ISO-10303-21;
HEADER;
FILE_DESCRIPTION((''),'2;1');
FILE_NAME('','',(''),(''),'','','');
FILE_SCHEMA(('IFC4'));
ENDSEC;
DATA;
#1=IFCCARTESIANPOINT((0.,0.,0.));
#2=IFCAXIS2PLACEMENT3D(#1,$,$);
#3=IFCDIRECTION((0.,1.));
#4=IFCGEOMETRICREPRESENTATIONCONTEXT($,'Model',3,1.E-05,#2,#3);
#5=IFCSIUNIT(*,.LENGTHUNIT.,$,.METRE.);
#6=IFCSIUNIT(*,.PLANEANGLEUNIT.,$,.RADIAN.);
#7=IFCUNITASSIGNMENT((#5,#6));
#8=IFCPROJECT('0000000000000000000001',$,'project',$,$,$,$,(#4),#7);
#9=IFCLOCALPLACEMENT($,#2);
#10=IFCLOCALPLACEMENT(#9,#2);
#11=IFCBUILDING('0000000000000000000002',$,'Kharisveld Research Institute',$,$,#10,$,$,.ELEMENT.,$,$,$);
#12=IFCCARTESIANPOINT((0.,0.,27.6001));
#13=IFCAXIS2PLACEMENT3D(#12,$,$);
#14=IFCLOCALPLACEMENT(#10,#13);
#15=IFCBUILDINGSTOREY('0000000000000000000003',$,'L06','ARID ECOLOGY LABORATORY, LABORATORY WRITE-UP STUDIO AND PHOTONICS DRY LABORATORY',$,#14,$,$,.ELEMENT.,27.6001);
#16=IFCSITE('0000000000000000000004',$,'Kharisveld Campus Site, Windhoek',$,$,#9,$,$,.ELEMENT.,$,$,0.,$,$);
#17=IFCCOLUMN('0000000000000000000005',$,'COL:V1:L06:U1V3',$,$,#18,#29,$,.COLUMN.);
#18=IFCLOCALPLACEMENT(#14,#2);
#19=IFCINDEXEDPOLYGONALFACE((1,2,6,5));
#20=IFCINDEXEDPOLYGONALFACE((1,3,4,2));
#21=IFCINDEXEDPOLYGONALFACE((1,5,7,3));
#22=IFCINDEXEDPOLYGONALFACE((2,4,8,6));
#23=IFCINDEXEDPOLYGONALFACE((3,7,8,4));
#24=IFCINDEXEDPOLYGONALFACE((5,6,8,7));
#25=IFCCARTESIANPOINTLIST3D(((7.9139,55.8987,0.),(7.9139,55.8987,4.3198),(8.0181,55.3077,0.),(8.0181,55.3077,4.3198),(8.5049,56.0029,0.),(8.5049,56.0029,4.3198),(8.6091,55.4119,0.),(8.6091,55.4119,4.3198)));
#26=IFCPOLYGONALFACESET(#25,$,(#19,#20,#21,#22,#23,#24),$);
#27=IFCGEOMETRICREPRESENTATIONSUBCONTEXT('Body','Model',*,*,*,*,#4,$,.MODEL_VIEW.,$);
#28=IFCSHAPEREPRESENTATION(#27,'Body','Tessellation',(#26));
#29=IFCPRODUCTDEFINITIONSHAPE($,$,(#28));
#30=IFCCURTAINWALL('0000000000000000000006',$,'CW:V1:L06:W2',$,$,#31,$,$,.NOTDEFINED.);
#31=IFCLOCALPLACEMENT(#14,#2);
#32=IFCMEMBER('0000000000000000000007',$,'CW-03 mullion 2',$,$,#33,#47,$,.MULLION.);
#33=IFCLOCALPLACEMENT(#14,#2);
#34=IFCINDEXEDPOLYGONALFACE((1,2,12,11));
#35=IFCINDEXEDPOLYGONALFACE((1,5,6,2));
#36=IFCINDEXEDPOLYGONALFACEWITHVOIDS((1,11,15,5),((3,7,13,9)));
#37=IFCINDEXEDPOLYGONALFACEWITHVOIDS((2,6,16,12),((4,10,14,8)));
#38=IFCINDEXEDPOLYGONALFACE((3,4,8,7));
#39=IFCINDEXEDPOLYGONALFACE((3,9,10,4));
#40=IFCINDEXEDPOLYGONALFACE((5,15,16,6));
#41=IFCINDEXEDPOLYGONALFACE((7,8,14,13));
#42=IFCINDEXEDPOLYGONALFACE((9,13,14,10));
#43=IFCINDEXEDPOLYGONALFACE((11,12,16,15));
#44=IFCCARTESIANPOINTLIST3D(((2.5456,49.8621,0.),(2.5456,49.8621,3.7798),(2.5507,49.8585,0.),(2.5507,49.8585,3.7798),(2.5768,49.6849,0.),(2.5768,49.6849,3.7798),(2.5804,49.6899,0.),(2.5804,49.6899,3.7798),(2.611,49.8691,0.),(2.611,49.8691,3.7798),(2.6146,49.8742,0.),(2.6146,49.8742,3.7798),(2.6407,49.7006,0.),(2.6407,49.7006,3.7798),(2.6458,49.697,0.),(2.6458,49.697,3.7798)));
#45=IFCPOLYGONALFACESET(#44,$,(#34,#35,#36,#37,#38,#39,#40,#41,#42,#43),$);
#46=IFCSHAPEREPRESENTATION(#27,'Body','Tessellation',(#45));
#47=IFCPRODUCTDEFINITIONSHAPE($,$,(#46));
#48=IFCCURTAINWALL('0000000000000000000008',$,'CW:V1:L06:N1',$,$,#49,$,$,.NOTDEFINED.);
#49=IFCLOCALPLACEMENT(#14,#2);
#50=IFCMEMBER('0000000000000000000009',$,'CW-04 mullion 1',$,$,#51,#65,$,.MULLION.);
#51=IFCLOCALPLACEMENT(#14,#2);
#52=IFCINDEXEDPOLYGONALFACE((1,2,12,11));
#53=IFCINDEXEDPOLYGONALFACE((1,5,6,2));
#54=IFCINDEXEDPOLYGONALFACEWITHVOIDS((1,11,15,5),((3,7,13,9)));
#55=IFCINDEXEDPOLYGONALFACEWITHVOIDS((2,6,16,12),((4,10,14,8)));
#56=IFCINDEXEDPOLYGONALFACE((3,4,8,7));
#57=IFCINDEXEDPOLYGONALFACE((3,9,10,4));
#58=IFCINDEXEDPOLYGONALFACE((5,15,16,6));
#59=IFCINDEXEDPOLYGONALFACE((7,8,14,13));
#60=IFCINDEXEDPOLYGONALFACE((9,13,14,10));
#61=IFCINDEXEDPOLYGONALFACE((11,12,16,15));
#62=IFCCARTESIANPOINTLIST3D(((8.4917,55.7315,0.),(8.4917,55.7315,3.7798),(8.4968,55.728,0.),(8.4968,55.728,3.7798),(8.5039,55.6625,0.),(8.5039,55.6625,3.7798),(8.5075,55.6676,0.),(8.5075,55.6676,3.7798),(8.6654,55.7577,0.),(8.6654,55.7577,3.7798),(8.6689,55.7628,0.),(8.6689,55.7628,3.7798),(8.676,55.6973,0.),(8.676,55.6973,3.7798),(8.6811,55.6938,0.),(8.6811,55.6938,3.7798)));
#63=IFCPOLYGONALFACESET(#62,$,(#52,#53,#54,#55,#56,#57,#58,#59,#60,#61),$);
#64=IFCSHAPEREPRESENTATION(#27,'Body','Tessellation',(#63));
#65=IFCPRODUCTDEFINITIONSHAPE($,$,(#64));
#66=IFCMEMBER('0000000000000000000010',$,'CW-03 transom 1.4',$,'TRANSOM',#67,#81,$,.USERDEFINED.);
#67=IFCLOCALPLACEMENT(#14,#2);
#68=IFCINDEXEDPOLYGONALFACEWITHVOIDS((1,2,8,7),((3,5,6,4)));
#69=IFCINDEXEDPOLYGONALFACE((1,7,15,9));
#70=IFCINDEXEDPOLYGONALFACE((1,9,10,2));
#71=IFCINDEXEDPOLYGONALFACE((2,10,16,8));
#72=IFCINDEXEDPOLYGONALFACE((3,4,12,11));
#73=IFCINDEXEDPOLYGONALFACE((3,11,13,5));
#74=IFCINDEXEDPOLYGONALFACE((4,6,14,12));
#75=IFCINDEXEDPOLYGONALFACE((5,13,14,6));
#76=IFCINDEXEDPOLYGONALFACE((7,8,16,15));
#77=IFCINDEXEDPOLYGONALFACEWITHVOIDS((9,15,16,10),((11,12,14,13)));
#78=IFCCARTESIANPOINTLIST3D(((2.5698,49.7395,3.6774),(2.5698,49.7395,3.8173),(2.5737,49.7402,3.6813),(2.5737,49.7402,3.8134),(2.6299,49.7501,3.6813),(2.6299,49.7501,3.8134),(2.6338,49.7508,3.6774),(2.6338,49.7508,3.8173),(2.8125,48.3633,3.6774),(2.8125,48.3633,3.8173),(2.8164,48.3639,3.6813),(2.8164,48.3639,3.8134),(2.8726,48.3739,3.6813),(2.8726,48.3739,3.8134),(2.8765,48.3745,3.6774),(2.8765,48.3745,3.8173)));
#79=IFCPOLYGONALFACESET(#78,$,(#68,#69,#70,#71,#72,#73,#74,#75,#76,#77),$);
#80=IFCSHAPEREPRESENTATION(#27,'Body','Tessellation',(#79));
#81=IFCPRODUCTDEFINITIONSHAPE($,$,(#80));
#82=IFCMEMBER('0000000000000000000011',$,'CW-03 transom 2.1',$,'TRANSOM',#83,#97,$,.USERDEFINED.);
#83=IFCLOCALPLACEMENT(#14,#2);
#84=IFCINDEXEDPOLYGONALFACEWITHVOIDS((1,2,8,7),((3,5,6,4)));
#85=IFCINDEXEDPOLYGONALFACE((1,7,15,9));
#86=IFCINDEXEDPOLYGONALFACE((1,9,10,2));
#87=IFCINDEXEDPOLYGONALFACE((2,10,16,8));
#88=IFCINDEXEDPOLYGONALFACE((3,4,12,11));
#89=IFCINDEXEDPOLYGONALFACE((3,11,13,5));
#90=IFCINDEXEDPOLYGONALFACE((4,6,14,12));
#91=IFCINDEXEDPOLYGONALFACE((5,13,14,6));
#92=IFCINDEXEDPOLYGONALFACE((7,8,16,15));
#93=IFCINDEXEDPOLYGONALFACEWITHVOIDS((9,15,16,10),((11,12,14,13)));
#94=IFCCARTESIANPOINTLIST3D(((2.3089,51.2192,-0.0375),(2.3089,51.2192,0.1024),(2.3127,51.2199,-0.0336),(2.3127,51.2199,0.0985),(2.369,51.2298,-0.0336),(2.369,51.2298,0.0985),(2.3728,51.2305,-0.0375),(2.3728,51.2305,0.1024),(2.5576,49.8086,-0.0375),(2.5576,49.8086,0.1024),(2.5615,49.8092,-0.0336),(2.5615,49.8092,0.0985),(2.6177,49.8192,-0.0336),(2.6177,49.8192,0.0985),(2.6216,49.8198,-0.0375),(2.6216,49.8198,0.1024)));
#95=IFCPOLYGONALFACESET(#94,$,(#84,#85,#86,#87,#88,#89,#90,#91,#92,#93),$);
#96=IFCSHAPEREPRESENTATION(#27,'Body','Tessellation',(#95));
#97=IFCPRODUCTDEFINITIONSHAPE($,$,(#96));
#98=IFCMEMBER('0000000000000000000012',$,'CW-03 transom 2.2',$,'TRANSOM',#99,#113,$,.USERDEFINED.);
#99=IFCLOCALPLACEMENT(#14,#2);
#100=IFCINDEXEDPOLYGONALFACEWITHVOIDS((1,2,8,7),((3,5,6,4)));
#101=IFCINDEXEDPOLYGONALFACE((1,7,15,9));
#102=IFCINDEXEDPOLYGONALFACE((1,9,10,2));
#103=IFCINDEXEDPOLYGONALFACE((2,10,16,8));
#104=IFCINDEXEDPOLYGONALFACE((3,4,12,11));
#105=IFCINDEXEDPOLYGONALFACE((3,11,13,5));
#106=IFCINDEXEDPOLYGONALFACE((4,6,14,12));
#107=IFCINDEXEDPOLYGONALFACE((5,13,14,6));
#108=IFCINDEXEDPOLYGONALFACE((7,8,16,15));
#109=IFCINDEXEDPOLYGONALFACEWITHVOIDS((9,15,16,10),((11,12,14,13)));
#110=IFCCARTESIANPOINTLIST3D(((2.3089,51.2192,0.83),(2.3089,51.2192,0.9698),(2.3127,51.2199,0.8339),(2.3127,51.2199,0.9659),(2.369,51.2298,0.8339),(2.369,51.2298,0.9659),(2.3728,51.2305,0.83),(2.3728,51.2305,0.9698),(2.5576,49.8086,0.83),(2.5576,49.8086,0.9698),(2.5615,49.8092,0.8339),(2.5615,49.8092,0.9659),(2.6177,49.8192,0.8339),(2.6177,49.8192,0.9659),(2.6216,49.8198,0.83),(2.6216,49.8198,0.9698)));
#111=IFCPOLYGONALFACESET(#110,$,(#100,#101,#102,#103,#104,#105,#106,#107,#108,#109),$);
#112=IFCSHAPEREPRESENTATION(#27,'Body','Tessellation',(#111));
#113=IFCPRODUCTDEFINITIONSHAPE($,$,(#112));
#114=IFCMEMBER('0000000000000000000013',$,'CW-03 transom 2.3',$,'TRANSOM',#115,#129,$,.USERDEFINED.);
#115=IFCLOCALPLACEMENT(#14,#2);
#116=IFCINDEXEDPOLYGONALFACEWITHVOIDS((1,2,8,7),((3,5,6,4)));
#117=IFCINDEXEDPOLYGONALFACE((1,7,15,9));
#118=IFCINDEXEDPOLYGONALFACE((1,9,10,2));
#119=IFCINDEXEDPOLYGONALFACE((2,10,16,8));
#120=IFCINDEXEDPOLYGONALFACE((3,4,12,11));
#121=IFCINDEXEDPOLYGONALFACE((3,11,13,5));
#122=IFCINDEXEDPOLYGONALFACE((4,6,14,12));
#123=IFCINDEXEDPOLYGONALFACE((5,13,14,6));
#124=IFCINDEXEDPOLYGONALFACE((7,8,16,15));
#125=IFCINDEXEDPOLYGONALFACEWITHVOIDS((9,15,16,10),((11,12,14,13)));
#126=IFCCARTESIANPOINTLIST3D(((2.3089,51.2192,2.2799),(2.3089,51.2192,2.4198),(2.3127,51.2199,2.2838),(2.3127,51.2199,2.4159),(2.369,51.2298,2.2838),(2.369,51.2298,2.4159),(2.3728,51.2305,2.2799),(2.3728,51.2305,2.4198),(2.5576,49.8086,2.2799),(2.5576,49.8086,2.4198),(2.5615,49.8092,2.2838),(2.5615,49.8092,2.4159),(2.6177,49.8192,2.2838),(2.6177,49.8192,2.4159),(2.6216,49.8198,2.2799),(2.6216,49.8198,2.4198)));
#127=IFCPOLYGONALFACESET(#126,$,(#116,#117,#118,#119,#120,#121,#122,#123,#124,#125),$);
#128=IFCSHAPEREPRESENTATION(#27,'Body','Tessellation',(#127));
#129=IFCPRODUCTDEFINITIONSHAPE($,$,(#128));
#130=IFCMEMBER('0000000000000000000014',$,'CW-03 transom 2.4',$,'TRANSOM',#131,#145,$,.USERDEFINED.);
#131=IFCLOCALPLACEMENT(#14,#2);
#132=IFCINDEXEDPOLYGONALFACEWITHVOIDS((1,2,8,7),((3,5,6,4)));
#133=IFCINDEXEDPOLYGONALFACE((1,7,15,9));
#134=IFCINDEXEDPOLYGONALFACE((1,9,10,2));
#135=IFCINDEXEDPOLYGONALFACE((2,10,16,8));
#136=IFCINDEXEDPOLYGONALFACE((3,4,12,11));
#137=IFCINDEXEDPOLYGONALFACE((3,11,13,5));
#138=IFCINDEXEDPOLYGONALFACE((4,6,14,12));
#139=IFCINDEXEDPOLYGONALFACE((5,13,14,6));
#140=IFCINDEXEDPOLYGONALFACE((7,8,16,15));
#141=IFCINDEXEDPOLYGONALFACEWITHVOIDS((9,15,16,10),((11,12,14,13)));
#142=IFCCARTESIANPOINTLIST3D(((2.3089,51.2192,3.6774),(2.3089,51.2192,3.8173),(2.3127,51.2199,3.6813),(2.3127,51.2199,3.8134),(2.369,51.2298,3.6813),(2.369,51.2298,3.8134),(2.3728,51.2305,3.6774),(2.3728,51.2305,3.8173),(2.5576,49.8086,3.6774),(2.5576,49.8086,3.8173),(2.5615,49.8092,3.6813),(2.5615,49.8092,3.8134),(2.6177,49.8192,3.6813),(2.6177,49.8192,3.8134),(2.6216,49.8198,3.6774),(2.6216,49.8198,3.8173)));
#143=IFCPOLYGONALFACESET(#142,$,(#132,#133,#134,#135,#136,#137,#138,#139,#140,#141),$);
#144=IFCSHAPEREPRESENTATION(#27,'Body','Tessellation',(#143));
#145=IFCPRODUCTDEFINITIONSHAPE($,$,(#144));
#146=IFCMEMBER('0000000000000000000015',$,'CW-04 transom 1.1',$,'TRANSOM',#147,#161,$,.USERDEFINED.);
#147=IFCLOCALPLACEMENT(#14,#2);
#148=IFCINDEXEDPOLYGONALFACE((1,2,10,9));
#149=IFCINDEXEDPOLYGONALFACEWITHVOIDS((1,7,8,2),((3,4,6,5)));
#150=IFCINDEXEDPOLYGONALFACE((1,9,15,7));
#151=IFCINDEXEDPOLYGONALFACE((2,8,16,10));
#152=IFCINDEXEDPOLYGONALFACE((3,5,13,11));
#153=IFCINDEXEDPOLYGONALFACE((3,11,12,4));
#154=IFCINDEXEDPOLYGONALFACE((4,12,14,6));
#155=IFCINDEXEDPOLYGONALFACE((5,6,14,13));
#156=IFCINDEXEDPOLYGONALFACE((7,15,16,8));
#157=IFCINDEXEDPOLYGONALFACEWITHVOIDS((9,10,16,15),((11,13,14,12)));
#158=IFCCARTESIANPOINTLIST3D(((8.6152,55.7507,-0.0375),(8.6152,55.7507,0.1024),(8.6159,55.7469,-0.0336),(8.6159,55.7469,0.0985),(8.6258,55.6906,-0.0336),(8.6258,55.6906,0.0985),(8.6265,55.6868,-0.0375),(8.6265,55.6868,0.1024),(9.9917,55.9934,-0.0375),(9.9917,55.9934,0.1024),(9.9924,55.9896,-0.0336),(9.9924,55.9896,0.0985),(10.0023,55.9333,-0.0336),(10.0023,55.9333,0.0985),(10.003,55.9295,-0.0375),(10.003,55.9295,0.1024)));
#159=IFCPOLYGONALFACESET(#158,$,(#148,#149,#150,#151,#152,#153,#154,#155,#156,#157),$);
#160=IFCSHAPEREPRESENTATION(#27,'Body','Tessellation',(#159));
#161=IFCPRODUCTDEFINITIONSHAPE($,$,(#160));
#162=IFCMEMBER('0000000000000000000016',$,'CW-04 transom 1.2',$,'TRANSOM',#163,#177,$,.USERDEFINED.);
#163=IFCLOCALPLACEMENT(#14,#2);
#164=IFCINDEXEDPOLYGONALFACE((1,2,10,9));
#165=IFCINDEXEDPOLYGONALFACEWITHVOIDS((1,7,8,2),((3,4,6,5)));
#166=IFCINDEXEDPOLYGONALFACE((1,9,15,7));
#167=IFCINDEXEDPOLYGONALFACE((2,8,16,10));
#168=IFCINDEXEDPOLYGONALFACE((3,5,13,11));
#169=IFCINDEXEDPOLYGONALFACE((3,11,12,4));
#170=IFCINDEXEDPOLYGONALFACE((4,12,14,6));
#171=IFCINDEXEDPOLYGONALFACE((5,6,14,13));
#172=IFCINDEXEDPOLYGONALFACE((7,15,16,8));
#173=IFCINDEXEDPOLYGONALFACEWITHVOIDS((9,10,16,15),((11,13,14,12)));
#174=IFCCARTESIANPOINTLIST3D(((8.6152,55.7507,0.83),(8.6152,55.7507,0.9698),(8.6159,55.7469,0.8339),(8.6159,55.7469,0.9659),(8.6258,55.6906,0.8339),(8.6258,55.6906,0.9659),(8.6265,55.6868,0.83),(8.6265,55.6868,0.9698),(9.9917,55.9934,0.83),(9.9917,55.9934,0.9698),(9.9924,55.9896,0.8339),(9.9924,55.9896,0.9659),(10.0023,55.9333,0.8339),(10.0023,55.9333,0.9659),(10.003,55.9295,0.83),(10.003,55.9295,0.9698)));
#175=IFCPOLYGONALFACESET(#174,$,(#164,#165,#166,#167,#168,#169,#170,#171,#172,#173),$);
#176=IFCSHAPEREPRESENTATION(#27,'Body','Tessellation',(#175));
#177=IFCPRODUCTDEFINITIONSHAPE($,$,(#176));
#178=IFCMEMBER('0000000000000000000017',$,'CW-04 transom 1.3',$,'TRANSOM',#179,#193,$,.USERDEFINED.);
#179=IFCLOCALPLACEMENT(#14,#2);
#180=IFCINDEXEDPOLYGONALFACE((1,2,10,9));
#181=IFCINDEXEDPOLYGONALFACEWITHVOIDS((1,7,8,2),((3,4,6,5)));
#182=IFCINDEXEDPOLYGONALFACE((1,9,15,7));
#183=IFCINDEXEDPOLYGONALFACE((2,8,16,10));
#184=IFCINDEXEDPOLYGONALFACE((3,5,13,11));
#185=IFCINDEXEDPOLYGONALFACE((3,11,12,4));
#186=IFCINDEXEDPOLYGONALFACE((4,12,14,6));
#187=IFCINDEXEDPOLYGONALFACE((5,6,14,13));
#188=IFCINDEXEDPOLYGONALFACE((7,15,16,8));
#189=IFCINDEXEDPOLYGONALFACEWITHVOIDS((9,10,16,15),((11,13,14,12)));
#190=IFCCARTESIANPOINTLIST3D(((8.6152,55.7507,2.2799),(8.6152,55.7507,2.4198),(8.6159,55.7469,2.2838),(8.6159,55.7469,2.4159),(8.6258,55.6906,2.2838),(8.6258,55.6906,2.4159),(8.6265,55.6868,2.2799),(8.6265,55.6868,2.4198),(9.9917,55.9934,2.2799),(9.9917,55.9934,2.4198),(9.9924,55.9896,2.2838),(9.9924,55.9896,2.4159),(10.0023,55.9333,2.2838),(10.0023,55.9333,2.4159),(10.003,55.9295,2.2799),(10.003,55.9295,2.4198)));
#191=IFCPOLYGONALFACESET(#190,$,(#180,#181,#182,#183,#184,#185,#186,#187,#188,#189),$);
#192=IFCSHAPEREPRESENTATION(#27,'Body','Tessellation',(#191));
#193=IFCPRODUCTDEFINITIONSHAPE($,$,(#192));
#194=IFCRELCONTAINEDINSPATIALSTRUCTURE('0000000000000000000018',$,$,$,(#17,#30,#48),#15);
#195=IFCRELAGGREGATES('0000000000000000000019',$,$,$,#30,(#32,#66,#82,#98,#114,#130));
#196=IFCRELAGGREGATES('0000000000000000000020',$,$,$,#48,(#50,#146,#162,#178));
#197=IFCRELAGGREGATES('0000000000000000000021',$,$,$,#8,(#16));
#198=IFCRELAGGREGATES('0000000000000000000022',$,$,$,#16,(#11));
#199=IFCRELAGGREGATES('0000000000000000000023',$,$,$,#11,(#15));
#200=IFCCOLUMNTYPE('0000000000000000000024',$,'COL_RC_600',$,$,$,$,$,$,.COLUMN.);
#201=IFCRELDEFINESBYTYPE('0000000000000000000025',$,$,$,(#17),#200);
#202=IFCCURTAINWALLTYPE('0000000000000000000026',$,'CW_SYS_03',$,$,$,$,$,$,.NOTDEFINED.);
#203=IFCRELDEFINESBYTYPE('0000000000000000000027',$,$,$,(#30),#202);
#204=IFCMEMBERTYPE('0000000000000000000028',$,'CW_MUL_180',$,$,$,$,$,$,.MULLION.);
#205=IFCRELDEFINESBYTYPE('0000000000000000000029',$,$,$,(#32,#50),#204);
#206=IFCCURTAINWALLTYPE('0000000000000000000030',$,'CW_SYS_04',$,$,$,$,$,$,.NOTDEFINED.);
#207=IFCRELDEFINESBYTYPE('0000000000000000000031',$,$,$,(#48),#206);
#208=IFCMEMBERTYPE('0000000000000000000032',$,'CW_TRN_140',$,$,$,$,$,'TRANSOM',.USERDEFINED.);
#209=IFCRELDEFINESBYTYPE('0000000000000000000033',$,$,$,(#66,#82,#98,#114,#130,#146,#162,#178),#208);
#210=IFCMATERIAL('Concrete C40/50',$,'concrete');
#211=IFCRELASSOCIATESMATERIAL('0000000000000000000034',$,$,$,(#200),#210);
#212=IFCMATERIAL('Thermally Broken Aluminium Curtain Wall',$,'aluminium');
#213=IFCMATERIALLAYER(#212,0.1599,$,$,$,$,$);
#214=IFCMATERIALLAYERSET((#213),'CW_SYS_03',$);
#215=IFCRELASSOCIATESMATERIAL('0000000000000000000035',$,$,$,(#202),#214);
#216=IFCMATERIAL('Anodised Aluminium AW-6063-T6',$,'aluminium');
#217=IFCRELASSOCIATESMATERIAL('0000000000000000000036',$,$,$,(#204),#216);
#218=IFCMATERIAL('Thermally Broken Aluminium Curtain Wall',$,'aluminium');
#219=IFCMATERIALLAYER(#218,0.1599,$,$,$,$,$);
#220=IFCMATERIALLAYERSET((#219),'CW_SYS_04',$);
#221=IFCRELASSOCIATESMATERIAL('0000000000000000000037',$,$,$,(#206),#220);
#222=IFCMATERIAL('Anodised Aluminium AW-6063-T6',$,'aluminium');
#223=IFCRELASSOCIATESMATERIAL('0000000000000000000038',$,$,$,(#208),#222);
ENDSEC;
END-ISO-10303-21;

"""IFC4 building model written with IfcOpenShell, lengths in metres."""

from ifc_helpers import new_model, si_unit, direction, frame, origin, origin_2d, place, context, subcontext, project, spatial, rectangle, hollow_rectangle, extrude, material, layer, layer_set, material_profile, profile_set, type_object, element, aggregate, save


model = new_model("IFC4")

# Units and contexts
model_context = context("Model", 3, precision=1e-05, world=origin(), true_north=direction((0.0, 1.0)))
body_context = subcontext(model_context, "Body", "Model", "MODEL_VIEW")
ifc_project = project(units=[si_unit("LENGTHUNIT", "METRE"), si_unit("PLANEANGLEUNIT", "RADIAN")], contexts=[model_context])

# Site, building, storey
site_placement = place(None, origin())
site = spatial("IfcSite", under=ifc_project, at=site_placement, Name="Kharisveld Campus Site, Windhoek", CompositionType="ELEMENT", RefElevation=0.0)
building_placement = place(site_placement, origin())
building = spatial("IfcBuilding", under=site, at=building_placement, Name="Kharisveld Research Institute", CompositionType="ELEMENT")
storey_placement = place(building_placement, frame((0.0, 0.0, 27.6001)))
storey = spatial("IfcBuildingStorey", under=building, at=storey_placement, Name="L06", Description="ARID ECOLOGY LABORATORY, LABORATORY WRITE-UP STUDIO AND PHOTONICS DRY LABORATORY", CompositionType="ELEMENT", Elevation=27.6001)

# Column
ifc_material_1 = material(Name="Concrete C40/50", Category="concrete")
ifc_material_profile_1 = material_profile(ifc_material_1, rectangle(XDim=0.6001, YDim=0.6001, at=origin_2d()))
ifc_profile_set_1 = profile_set([ifc_material_profile_1], Name="Concrete C40/50")
column_type = type_object("IfcColumnType", Name="COL_RC_600", PredefinedType="COLUMN", material=ifc_profile_set_1)
column_placement = place(storey_placement, frame((8.2615, 55.6553, 0.0), z_axis=(0.0, 0.0, 1.0), x_axis=(0.984808, 0.173648, 0.0)))
element("IfcColumn", 1, at=column_placement, inside=storey, type_object=column_type, Name="COL:V1:L06:U1V3", PredefinedType="COLUMN", context=body_context, shape_type="SweptSolid", body=[
    extrude(rectangle(XDim=0.6001, YDim=0.6001, at=origin_2d()), origin(), (0.0, 0.0, 1.0), 4.3198),
])

# Curtain walls, members
ifc_material_2 = material(Name="Thermally Broken Aluminium Curtain Wall", Category="aluminium")
ifc_layer_1 = layer(ifc_material_2, 0.1599)
ifc_layer_set_1 = layer_set([ifc_layer_1], Name="CW_SYS_03")
curtain_wall_type_1 = type_object("IfcCurtainWallType", Name="CW_SYS_03", PredefinedType="NOTDEFINED", material=ifc_layer_set_1)
curtain_wall_1_placement = place(storey_placement, origin())
curtain_wall_1 = element("IfcCurtainWall", 2, at=curtain_wall_1_placement, inside=storey, type_object=curtain_wall_type_1, Name="CW:V1:L06:W2", PredefinedType="NOTDEFINED")
ifc_material_3 = material(Name="Anodised Aluminium AW-6063-T6", Category="aluminium")
ifc_material_profile_2 = material_profile(ifc_material_3, hollow_rectangle(XDim=0.0701, YDim=0.1799, WallThickness=0.0044, at=origin_2d()))
ifc_profile_set_2 = profile_set([ifc_material_profile_2], Name="Anodised Aluminium AW-6063-T6")
member_type_1 = type_object("IfcMemberType", Name="CW_MUL_180", PredefinedType="MULLION", material=ifc_profile_set_2)
member_1_placement = place(storey_placement, frame((2.5957, 49.7795, 0.0), z_axis=(0.0, 0.0, 1.0), x_axis=(-0.984808, -0.173648, 0.0)))
member_1 = element("IfcMember", 3, at=member_1_placement, type_object=member_type_1, Name="CW-03 mullion 2", PredefinedType="MULLION", context=body_context, shape_type="SweptSolid", body=[
    extrude(hollow_rectangle(XDim=0.0701, YDim=0.1799, WallThickness=0.0044, at=origin_2d()), origin(), (0.0, 0.0, 1.0), 3.7798),
])
ifc_material_4 = material(Name="Thermally Broken Aluminium Curtain Wall", Category="aluminium")
ifc_layer_2 = layer(ifc_material_4, 0.1599)
ifc_layer_set_2 = layer_set([ifc_layer_2], Name="CW_SYS_04")
curtain_wall_type_2 = type_object("IfcCurtainWallType", Name="CW_SYS_04", PredefinedType="NOTDEFINED", material=ifc_layer_set_2)
curtain_wall_2_placement = place(storey_placement, origin())
curtain_wall_2 = element("IfcCurtainWall", 4, at=curtain_wall_2_placement, inside=storey, type_object=curtain_wall_type_2, Name="CW:V1:L06:N1", PredefinedType="NOTDEFINED")
member_2_placement = place(storey_placement, frame((8.5864, 55.7126, 0.0), z_axis=(0.0, 0.0, 1.0), x_axis=(-0.173648, 0.984808, 0.0)))
member_2 = element("IfcMember", 5, at=member_2_placement, type_object=member_type_1, Name="CW-04 mullion 1", PredefinedType="MULLION", context=body_context, shape_type="SweptSolid", body=[
    extrude(hollow_rectangle(XDim=0.0701, YDim=0.1799, WallThickness=0.0044, at=origin_2d()), origin(), (0.0, 0.0, 1.0), 3.7798),
])

# Members
ifc_material_5 = material(Name="Anodised Aluminium AW-6063-T6", Category="aluminium")
ifc_material_profile_3 = material_profile(ifc_material_5, hollow_rectangle(XDim=0.0649, YDim=0.1399, WallThickness=0.0039, at=origin_2d()))
ifc_profile_set_3 = profile_set([ifc_material_profile_3], Name="Anodised Aluminium AW-6063-T6")
member_type_2 = type_object("IfcMemberType", Name="CW_TRN_140", ElementType="TRANSOM", PredefinedType="USERDEFINED", material=ifc_profile_set_3)
member_3_placement = place(storey_placement, frame((2.8445, 48.3689, 3.7473), z_axis=(-0.173656, 0.984806, 0.0), x_axis=(-0.984806, -0.173656, 0.0)))
member_3 = element("IfcMember", 6, at=member_3_placement, type_object=member_type_2, Name="CW-03 transom 1.4", ObjectType="TRANSOM", PredefinedType="USERDEFINED", context=body_context, shape_type="SweptSolid", body=[
    extrude(hollow_rectangle(XDim=0.0649, YDim=0.1399, WallThickness=0.0039, at=origin_2d()), origin(), (0.0, 0.0, 1.0), 1.3975),
])
member_4_placement = place(storey_placement, frame((2.5896, 49.8142, 0.0325), z_axis=(-0.173678, 0.984802, 0.0), x_axis=(-0.984802, -0.173678, 0.0)))
member_4 = element("IfcMember", 7, at=member_4_placement, type_object=member_type_2, Name="CW-03 transom 2.1", ObjectType="TRANSOM", PredefinedType="USERDEFINED", context=body_context, shape_type="SweptSolid", body=[
    extrude(hollow_rectangle(XDim=0.0649, YDim=0.1399, WallThickness=0.0039, at=origin_2d()), origin(), (0.0, 0.0, 1.0), 1.4324),
])
member_5_placement = place(storey_placement, frame((2.5896, 49.8142, 0.8999), z_axis=(-0.173678, 0.984802, 0.0), x_axis=(-0.984802, -0.173678, 0.0)))
member_5 = element("IfcMember", 8, at=member_5_placement, type_object=member_type_2, Name="CW-03 transom 2.2", ObjectType="TRANSOM", PredefinedType="USERDEFINED", context=body_context, shape_type="SweptSolid", body=[
    extrude(hollow_rectangle(XDim=0.0649, YDim=0.1399, WallThickness=0.0039, at=origin_2d()), origin(), (0.0, 0.0, 1.0), 1.4324),
])
member_6_placement = place(storey_placement, frame((2.5896, 49.8142, 2.3499), z_axis=(-0.173678, 0.984802, 0.0), x_axis=(-0.984802, -0.173678, 0.0)))
member_6 = element("IfcMember", 9, at=member_6_placement, type_object=member_type_2, Name="CW-03 transom 2.3", ObjectType="TRANSOM", PredefinedType="USERDEFINED", context=body_context, shape_type="SweptSolid", body=[
    extrude(hollow_rectangle(XDim=0.0649, YDim=0.1399, WallThickness=0.0039, at=origin_2d()), origin(), (0.0, 0.0, 1.0), 1.4324),
])
member_7_placement = place(storey_placement, frame((2.5896, 49.8142, 3.7473), z_axis=(-0.173678, 0.984802, 0.0), x_axis=(-0.984802, -0.173678, 0.0)))
member_7 = element("IfcMember", 10, at=member_7_placement, type_object=member_type_2, Name="CW-03 transom 2.4", ObjectType="TRANSOM", PredefinedType="USERDEFINED", context=body_context, shape_type="SweptSolid", body=[
    extrude(hollow_rectangle(XDim=0.0649, YDim=0.1399, WallThickness=0.0039, at=origin_2d()), origin(), (0.0, 0.0, 1.0), 1.4324),
])
member_8_placement = place(storey_placement, frame((8.6208, 55.7188, 0.0325), z_axis=(0.984812, 0.173626, 0.0), x_axis=(-0.173626, 0.984812, 0.0)))
member_8 = element("IfcMember", 11, at=member_8_placement, type_object=member_type_2, Name="CW-04 transom 1.1", ObjectType="TRANSOM", PredefinedType="USERDEFINED", context=body_context, shape_type="SweptSolid", body=[
    extrude(hollow_rectangle(XDim=0.0649, YDim=0.1399, WallThickness=0.0039, at=origin_2d()), origin(), (0.0, 0.0, 1.0), 1.3977),
])
member_9_placement = place(storey_placement, frame((8.6208, 55.7188, 0.8999), z_axis=(0.984812, 0.173626, 0.0), x_axis=(-0.173626, 0.984812, 0.0)))
member_9 = element("IfcMember", 12, at=member_9_placement, type_object=member_type_2, Name="CW-04 transom 1.2", ObjectType="TRANSOM", PredefinedType="USERDEFINED", context=body_context, shape_type="SweptSolid", body=[
    extrude(hollow_rectangle(XDim=0.0649, YDim=0.1399, WallThickness=0.0039, at=origin_2d()), origin(), (0.0, 0.0, 1.0), 1.3977),
])
member_10_placement = place(storey_placement, frame((8.6208, 55.7188, 2.3499), z_axis=(0.984812, 0.173626, 0.0), x_axis=(-0.173626, 0.984812, 0.0)))
member_10 = element("IfcMember", 13, at=member_10_placement, type_object=member_type_2, Name="CW-04 transom 1.3", ObjectType="TRANSOM", PredefinedType="USERDEFINED", context=body_context, shape_type="SweptSolid", body=[
    extrude(hollow_rectangle(XDim=0.0649, YDim=0.1399, WallThickness=0.0039, at=origin_2d()), origin(), (0.0, 0.0, 1.0), 1.3977),
])

aggregate(curtain_wall_1, [member_1, member_3, member_4, member_5, member_6, member_7])
aggregate(curtain_wall_2, [member_2, member_8, member_9, member_10])

save(model, "model.ifc")
